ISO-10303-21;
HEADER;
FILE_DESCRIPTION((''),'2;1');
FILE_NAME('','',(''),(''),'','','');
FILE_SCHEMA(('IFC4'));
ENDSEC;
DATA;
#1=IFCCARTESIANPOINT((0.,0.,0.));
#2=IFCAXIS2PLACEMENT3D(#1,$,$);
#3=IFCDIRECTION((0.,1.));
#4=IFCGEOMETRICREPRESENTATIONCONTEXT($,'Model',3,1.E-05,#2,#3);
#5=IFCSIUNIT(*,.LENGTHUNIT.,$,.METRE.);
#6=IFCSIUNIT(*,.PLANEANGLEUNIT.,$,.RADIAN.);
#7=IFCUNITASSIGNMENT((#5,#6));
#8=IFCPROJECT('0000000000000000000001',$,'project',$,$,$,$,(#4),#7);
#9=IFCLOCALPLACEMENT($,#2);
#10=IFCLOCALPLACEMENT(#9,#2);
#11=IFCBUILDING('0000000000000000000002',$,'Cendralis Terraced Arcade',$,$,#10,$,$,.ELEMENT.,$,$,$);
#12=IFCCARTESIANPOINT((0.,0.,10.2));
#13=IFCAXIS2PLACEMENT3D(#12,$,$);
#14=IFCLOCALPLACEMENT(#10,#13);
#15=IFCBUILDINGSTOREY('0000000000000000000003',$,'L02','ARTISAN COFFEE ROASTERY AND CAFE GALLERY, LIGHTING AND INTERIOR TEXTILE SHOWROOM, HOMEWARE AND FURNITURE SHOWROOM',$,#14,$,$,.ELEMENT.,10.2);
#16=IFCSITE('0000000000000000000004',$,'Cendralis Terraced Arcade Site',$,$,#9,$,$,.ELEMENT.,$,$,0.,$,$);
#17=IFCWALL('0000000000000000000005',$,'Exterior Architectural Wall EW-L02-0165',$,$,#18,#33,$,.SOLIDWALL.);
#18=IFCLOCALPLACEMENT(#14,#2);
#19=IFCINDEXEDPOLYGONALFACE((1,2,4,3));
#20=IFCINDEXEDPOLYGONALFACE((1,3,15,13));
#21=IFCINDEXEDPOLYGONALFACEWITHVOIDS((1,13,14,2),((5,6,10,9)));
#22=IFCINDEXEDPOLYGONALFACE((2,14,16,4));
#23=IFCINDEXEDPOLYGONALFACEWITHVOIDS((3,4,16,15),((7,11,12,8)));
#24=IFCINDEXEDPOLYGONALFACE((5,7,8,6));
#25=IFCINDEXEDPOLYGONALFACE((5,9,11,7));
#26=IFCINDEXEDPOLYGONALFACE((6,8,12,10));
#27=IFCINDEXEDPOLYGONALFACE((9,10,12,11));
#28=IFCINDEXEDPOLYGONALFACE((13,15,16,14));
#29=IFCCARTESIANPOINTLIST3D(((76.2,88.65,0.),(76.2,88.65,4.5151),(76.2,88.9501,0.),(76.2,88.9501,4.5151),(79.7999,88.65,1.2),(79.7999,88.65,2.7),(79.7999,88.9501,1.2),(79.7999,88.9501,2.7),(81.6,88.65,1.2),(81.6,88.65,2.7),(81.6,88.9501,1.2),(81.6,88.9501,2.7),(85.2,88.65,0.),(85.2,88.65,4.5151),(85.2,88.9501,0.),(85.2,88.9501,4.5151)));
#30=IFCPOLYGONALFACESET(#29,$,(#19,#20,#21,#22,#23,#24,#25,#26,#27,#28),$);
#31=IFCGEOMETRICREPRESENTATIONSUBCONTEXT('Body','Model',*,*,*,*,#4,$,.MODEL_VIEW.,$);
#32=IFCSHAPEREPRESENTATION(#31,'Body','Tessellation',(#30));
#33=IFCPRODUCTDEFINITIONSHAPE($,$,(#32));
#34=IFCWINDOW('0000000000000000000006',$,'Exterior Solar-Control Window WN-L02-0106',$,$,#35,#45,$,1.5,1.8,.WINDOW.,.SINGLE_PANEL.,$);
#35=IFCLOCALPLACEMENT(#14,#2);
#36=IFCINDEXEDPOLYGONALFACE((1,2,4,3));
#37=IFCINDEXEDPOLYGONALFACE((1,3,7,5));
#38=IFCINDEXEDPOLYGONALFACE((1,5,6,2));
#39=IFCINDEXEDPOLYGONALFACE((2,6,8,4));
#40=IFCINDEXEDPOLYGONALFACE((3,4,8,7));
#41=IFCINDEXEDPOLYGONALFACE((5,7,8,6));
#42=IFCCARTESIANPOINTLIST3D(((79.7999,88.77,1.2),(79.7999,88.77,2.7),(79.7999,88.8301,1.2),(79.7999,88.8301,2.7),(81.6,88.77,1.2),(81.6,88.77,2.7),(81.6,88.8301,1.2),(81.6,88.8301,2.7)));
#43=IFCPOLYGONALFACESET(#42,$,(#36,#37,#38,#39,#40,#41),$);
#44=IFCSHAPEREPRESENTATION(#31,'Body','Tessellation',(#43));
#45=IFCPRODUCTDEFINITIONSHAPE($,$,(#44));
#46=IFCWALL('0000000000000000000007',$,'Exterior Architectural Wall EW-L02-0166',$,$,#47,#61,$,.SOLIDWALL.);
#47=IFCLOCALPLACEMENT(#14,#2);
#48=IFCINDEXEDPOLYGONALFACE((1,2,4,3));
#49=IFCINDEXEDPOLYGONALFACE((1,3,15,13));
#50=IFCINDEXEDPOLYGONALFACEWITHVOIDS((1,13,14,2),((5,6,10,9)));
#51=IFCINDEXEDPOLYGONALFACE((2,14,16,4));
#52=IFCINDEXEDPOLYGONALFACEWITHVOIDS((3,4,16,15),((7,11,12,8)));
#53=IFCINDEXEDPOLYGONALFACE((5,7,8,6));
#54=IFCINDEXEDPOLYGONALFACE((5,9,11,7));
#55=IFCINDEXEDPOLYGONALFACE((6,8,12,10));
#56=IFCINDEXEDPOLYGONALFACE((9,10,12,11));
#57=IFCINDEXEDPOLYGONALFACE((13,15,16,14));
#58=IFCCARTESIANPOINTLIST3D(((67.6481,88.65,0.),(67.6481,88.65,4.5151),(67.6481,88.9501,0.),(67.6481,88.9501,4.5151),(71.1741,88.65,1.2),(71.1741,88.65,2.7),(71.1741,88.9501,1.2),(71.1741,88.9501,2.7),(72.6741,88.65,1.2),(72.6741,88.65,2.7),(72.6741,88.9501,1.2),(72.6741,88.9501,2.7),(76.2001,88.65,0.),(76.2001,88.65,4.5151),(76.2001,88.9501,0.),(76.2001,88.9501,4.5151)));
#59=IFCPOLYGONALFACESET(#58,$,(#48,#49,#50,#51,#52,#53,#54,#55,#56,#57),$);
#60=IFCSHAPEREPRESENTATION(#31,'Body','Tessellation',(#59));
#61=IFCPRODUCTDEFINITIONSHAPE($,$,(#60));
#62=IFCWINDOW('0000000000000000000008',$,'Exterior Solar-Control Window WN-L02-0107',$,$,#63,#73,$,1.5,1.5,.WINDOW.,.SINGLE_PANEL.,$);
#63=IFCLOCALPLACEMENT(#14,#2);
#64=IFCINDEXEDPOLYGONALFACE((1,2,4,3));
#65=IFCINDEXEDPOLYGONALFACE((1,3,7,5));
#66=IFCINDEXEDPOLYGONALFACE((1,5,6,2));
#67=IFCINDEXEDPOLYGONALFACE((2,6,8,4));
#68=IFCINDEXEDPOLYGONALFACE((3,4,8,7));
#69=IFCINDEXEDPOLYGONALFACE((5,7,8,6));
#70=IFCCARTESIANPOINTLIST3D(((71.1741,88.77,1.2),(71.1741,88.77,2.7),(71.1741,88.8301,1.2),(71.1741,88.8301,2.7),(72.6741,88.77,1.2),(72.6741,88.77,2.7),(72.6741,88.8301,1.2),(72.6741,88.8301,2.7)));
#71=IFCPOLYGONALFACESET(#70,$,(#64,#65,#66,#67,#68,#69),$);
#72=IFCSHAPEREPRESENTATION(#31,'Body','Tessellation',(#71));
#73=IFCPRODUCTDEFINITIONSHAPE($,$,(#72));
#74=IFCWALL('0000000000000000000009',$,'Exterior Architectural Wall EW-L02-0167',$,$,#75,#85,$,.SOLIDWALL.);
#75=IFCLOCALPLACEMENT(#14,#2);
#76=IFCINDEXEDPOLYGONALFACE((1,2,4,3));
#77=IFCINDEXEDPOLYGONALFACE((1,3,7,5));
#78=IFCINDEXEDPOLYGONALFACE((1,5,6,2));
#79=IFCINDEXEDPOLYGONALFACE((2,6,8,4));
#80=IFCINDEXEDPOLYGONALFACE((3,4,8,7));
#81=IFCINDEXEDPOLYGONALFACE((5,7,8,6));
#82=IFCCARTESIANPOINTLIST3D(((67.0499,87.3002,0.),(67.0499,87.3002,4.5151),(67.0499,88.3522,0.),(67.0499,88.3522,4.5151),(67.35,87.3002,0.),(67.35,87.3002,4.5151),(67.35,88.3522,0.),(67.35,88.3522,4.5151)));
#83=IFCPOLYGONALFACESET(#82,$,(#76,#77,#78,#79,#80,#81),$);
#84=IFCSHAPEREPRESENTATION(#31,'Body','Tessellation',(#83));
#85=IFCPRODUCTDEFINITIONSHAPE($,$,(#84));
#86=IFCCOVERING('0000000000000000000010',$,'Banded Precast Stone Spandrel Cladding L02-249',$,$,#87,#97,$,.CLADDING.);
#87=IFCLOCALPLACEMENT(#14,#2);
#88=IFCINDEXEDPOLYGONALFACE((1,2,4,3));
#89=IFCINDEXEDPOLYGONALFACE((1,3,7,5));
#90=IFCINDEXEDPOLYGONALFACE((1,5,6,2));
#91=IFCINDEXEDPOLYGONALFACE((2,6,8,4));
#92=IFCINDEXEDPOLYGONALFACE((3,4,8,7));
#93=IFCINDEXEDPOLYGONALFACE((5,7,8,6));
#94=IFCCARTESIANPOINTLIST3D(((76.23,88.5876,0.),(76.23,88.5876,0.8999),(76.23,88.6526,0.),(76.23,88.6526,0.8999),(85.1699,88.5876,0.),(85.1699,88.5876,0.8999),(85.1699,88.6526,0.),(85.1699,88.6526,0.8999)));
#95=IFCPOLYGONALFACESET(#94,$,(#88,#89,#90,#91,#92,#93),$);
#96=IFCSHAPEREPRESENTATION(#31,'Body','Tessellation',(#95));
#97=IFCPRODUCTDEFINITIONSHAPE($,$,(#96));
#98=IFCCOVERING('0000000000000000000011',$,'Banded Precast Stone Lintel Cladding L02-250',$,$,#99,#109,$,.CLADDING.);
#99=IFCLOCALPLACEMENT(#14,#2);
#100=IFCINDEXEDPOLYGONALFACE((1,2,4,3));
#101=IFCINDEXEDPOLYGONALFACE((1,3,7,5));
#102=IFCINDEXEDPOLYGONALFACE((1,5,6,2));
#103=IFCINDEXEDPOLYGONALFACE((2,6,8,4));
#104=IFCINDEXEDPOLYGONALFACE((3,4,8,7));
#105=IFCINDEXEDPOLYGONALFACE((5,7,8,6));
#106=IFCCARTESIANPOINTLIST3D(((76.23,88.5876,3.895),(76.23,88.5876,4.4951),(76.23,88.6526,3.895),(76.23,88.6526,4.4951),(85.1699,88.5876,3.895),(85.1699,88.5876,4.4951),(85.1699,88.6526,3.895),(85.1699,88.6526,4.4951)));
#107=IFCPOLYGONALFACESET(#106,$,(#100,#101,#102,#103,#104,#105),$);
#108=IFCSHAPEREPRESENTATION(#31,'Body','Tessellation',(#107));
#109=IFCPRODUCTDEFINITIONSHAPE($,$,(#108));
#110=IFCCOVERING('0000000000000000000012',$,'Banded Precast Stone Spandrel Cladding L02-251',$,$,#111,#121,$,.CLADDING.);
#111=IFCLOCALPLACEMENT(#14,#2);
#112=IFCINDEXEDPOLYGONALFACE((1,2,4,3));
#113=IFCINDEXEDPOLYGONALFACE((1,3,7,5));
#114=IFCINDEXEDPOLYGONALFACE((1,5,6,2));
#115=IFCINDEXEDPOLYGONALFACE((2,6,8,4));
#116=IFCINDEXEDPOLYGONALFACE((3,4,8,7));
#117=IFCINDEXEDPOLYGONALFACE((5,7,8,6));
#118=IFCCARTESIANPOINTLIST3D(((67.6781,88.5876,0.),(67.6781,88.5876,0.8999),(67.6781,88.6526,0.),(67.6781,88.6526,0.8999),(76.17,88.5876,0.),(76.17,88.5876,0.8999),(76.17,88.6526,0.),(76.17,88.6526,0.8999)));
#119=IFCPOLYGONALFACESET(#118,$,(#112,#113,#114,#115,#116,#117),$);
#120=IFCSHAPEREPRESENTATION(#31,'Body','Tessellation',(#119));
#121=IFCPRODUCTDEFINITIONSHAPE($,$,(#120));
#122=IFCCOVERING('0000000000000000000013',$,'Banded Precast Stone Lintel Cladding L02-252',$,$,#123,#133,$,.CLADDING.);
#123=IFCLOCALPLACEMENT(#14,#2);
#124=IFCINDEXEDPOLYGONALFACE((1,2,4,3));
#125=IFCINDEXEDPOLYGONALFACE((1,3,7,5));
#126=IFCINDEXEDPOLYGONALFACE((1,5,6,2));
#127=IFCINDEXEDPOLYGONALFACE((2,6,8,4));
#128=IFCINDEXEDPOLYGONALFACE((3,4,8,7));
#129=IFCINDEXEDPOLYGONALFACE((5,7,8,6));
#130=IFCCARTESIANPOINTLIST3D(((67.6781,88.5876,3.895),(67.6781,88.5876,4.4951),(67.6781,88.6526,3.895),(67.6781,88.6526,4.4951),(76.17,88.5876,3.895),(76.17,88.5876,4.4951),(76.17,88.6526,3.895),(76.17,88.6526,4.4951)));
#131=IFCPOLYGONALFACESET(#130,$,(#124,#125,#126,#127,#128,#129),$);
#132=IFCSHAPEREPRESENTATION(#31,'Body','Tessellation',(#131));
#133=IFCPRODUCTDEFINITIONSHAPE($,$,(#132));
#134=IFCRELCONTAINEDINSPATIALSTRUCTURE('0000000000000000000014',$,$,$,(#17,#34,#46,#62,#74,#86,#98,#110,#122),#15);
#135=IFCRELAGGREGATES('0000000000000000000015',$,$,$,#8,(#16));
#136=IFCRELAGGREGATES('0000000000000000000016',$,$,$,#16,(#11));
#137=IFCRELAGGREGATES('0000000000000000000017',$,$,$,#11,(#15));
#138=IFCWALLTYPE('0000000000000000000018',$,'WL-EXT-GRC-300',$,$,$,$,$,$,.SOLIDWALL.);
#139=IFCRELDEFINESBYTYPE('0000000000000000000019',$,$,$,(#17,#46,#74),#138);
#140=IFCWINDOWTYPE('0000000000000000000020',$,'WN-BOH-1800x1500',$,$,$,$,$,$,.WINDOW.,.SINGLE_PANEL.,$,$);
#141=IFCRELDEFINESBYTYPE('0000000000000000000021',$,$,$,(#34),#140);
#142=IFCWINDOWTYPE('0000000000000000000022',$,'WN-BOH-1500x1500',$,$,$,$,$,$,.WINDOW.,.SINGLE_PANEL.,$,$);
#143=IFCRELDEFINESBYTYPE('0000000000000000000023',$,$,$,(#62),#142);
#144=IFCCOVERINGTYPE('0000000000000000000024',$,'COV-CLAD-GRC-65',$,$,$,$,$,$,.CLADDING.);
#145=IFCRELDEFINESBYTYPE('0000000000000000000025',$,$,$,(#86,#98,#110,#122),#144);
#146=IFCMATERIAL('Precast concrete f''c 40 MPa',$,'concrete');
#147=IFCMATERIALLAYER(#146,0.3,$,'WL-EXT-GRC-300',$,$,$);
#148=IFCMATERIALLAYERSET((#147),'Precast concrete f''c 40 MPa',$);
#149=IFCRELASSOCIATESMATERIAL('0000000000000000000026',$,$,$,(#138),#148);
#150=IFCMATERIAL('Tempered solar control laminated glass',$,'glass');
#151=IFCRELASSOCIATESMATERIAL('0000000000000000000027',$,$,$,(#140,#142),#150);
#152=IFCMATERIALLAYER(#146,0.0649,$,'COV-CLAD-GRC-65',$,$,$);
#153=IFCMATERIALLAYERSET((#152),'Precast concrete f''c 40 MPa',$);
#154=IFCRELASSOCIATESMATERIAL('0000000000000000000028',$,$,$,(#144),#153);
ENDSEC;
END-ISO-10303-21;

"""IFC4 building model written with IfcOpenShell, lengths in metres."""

from ifc_helpers import new_model, si_unit, direction, frame, frame_2d, origin, origin_2d, place, context, subcontext, project, spatial, rectangle, extrude, material, layer, layer_set, type_object, element, fill, save


model = new_model("IFC4")

# Units and contexts
model_context = context("Model", 3, precision=1e-05, world=origin(), true_north=direction((0.0, 1.0)))
body_context = subcontext(model_context, "Body", "Model", "MODEL_VIEW")
ifc_project = project(units=[si_unit("LENGTHUNIT", "METRE"), si_unit("PLANEANGLEUNIT", "RADIAN")], contexts=[model_context])

# Site, building, storey
site_placement = place(None, origin())
site = spatial("IfcSite", under=ifc_project, at=site_placement, Name="Cendralis Terraced Arcade Site", CompositionType="ELEMENT", RefElevation=0.0)
building_placement = place(site_placement, origin())
building = spatial("IfcBuilding", under=site, at=building_placement, Name="Cendralis Terraced Arcade", CompositionType="ELEMENT")
storey_placement = place(building_placement, frame((0.0, 0.0, 10.2)))
storey = spatial("IfcBuildingStorey", under=building, at=storey_placement, Name="L02", Description="ARTISAN COFFEE ROASTERY AND CAFE GALLERY, LIGHTING AND INTERIOR TEXTILE SHOWROOM, HOMEWARE AND FURNITURE SHOWROOM", CompositionType="ELEMENT", Elevation=10.2)

# Shared definitions
ifc_material_1 = material(Name="Tempered solar control laminated glass", Category="glass")

# Walls, openings, windows
ifc_material_2 = material(Name="Precast concrete f'c 40 MPa", Category="concrete")
ifc_layer_1 = layer(ifc_material_2, 0.3, Name="WL-EXT-GRC-300")
ifc_layer_set_1 = layer_set([ifc_layer_1], Name="Precast concrete f'c 40 MPa")
wall_type = type_object("IfcWallType", Name="WL-EXT-GRC-300", PredefinedType="SOLIDWALL", material=ifc_layer_set_1)
wall_1_placement = place(storey_placement, frame((85.2, 88.8, 0.0), z_axis=(0.0, 0.0, 1.0), x_axis=(-1.0, 0.0, 0.0)))
wall_1 = element("IfcWall", 1, at=wall_1_placement, inside=storey, type_object=wall_type, Name="Exterior Architectural Wall EW-L02-0165", PredefinedType="SOLIDWALL", context=body_context, shape_type="SweptSolid", body=[
    extrude(rectangle(XDim=9.0, YDim=0.3, at=frame_2d((4.5, 0.0))), origin(), (0.0, 0.0, 1.0), 4.5151),
])
opening_1_placement = place(wall_1_placement, frame((3.6001, 0.0, 1.2)))
opening_1 = element("IfcOpeningElement", 2, at=opening_1_placement, cuts=wall_1, PredefinedType="OPENING", context=body_context, shape_type="SweptSolid", body=[
    extrude(rectangle(XDim=1.8, YDim=1.5, at=frame_2d((0.8999, 0.75))), frame((0.0, 0.1621, 0.0), z_axis=(0.0, -1.0, 0.0), x_axis=(1.0, 0.0, 0.0)), (0.0, 0.0, 1.0), 0.324),
])
window_type_1 = type_object("IfcWindowType", Name="WN-BOH-1800x1500", PartitioningType="SINGLE_PANEL", PredefinedType="WINDOW", material=ifc_material_1)
window_1_placement = place(opening_1_placement, origin())
window_1 = element("IfcWindow", 3, at=window_1_placement, inside=storey, type_object=window_type_1, Name="Exterior Solar-Control Window WN-L02-0106", OverallHeight=1.5, OverallWidth=1.8, PartitioningType="SINGLE_PANEL", PredefinedType="WINDOW", context=body_context, shape_type="SweptSolid", body=[
    extrude(rectangle(XDim=1.8, YDim=1.5, at=frame_2d((0.8999, 0.75))), frame((0.0, 0.03, 0.0), z_axis=(0.0, -1.0, 0.0), x_axis=(1.0, 0.0, 0.0)), (0.0, 0.0, 1.0), 0.0601),
])
fill(opening_1, window_1)
wall_2_placement = place(storey_placement, frame((76.2, 88.8, 0.0), z_axis=(0.0, 0.0, 1.0), x_axis=(-1.0, 0.0, 0.0)))
wall_2 = element("IfcWall", 4, at=wall_2_placement, inside=storey, type_object=wall_type, Name="Exterior Architectural Wall EW-L02-0166", PredefinedType="SOLIDWALL", context=body_context, shape_type="SweptSolid", body=[
    extrude(rectangle(XDim=8.552, YDim=0.3, at=frame_2d((4.2759, 0.0))), origin(), (0.0, 0.0, 1.0), 4.5151),
])
opening_2_placement = place(wall_2_placement, frame((3.5259, 0.0, 1.2)))
opening_2 = element("IfcOpeningElement", 5, at=opening_2_placement, cuts=wall_2, PredefinedType="OPENING", context=body_context, shape_type="SweptSolid", body=[
    extrude(rectangle(XDim=1.5, YDim=1.5, at=frame_2d((0.75, 0.75))), frame((0.0, 0.1621, 0.0), z_axis=(0.0, -1.0, 0.0), x_axis=(1.0, 0.0, 0.0)), (0.0, 0.0, 1.0), 0.324),
])
window_type_2 = type_object("IfcWindowType", Name="WN-BOH-1500x1500", PartitioningType="SINGLE_PANEL", PredefinedType="WINDOW", material=ifc_material_1)
window_2_placement = place(opening_2_placement, origin())
window_2 = element("IfcWindow", 6, at=window_2_placement, inside=storey, type_object=window_type_2, Name="Exterior Solar-Control Window WN-L02-0107", OverallHeight=1.5, OverallWidth=1.5, PartitioningType="SINGLE_PANEL", PredefinedType="WINDOW", context=body_context, shape_type="SweptSolid", body=[
    extrude(rectangle(XDim=1.5, YDim=1.5, at=frame_2d((0.75, 0.75))), frame((0.0, 0.03, 0.0), z_axis=(0.0, -1.0, 0.0), x_axis=(1.0, 0.0, 0.0)), (0.0, 0.0, 1.0), 0.0601),
])
fill(opening_2, window_2)

# Wall
wall_3_placement = place(storey_placement, frame((67.2, 88.3521, 0.0), z_axis=(0.0, 0.0, 1.0), x_axis=(0.0, -1.0, 0.0)))
element("IfcWall", 7, at=wall_3_placement, inside=storey, type_object=wall_type, Name="Exterior Architectural Wall EW-L02-0167", PredefinedType="SOLIDWALL", context=body_context, shape_type="SweptSolid", body=[
    extrude(rectangle(XDim=1.052, YDim=0.3, at=frame_2d((0.5259, 0.0))), origin(), (0.0, 0.0, 1.0), 4.5151),
])

# Coverings
ifc_layer_2 = layer(ifc_material_2, 0.0649, Name="COV-CLAD-GRC-65")
ifc_layer_set_2 = layer_set([ifc_layer_2], Name="Precast concrete f'c 40 MPa")
covering_type = type_object("IfcCoveringType", Name="COV-CLAD-GRC-65", PredefinedType="CLADDING", material=ifc_layer_set_2)
covering_1_placement = place(storey_placement, frame((80.7, 88.6201, 0.0), z_axis=(0.0, 0.0, 1.0), x_axis=(-1.0, 0.0, 0.0)))
element("IfcCovering", 8, at=covering_1_placement, inside=storey, type_object=covering_type, Name="Banded Precast Stone Spandrel Cladding L02-249", PredefinedType="CLADDING", context=body_context, shape_type="SweptSolid", body=[
    extrude(rectangle(XDim=8.9399, YDim=0.0649, at=origin_2d()), origin(), (0.0, 0.0, 1.0), 0.8999),
])
covering_2_placement = place(storey_placement, frame((80.7, 88.6201, 3.895), z_axis=(0.0, 0.0, 1.0), x_axis=(-1.0, 0.0, 0.0)))
element("IfcCovering", 9, at=covering_2_placement, inside=storey, type_object=covering_type, Name="Banded Precast Stone Lintel Cladding L02-250", PredefinedType="CLADDING", context=body_context, shape_type="SweptSolid", body=[
    extrude(rectangle(XDim=8.9399, YDim=0.0649, at=origin_2d()), origin(), (0.0, 0.0, 1.0), 0.6001),
])
covering_3_placement = place(storey_placement, frame((71.9241, 88.6201, 0.0), z_axis=(0.0, 0.0, 1.0), x_axis=(-1.0, 0.0, 0.0)))
element("IfcCovering", 10, at=covering_3_placement, inside=storey, type_object=covering_type, Name="Banded Precast Stone Spandrel Cladding L02-251", PredefinedType="CLADDING", context=body_context, shape_type="SweptSolid", body=[
    extrude(rectangle(XDim=8.4919, YDim=0.0649, at=origin_2d()), origin(), (0.0, 0.0, 1.0), 0.8999),
])
covering_4_placement = place(storey_placement, frame((71.9241, 88.6201, 3.895), z_axis=(0.0, 0.0, 1.0), x_axis=(-1.0, 0.0, 0.0)))
element("IfcCovering", 11, at=covering_4_placement, inside=storey, type_object=covering_type, Name="Banded Precast Stone Lintel Cladding L02-252", PredefinedType="CLADDING", context=body_context, shape_type="SweptSolid", body=[
    extrude(rectangle(XDim=8.4919, YDim=0.0649, at=origin_2d()), origin(), (0.0, 0.0, 1.0), 0.6001),
])

save(model, "model.ifc")
